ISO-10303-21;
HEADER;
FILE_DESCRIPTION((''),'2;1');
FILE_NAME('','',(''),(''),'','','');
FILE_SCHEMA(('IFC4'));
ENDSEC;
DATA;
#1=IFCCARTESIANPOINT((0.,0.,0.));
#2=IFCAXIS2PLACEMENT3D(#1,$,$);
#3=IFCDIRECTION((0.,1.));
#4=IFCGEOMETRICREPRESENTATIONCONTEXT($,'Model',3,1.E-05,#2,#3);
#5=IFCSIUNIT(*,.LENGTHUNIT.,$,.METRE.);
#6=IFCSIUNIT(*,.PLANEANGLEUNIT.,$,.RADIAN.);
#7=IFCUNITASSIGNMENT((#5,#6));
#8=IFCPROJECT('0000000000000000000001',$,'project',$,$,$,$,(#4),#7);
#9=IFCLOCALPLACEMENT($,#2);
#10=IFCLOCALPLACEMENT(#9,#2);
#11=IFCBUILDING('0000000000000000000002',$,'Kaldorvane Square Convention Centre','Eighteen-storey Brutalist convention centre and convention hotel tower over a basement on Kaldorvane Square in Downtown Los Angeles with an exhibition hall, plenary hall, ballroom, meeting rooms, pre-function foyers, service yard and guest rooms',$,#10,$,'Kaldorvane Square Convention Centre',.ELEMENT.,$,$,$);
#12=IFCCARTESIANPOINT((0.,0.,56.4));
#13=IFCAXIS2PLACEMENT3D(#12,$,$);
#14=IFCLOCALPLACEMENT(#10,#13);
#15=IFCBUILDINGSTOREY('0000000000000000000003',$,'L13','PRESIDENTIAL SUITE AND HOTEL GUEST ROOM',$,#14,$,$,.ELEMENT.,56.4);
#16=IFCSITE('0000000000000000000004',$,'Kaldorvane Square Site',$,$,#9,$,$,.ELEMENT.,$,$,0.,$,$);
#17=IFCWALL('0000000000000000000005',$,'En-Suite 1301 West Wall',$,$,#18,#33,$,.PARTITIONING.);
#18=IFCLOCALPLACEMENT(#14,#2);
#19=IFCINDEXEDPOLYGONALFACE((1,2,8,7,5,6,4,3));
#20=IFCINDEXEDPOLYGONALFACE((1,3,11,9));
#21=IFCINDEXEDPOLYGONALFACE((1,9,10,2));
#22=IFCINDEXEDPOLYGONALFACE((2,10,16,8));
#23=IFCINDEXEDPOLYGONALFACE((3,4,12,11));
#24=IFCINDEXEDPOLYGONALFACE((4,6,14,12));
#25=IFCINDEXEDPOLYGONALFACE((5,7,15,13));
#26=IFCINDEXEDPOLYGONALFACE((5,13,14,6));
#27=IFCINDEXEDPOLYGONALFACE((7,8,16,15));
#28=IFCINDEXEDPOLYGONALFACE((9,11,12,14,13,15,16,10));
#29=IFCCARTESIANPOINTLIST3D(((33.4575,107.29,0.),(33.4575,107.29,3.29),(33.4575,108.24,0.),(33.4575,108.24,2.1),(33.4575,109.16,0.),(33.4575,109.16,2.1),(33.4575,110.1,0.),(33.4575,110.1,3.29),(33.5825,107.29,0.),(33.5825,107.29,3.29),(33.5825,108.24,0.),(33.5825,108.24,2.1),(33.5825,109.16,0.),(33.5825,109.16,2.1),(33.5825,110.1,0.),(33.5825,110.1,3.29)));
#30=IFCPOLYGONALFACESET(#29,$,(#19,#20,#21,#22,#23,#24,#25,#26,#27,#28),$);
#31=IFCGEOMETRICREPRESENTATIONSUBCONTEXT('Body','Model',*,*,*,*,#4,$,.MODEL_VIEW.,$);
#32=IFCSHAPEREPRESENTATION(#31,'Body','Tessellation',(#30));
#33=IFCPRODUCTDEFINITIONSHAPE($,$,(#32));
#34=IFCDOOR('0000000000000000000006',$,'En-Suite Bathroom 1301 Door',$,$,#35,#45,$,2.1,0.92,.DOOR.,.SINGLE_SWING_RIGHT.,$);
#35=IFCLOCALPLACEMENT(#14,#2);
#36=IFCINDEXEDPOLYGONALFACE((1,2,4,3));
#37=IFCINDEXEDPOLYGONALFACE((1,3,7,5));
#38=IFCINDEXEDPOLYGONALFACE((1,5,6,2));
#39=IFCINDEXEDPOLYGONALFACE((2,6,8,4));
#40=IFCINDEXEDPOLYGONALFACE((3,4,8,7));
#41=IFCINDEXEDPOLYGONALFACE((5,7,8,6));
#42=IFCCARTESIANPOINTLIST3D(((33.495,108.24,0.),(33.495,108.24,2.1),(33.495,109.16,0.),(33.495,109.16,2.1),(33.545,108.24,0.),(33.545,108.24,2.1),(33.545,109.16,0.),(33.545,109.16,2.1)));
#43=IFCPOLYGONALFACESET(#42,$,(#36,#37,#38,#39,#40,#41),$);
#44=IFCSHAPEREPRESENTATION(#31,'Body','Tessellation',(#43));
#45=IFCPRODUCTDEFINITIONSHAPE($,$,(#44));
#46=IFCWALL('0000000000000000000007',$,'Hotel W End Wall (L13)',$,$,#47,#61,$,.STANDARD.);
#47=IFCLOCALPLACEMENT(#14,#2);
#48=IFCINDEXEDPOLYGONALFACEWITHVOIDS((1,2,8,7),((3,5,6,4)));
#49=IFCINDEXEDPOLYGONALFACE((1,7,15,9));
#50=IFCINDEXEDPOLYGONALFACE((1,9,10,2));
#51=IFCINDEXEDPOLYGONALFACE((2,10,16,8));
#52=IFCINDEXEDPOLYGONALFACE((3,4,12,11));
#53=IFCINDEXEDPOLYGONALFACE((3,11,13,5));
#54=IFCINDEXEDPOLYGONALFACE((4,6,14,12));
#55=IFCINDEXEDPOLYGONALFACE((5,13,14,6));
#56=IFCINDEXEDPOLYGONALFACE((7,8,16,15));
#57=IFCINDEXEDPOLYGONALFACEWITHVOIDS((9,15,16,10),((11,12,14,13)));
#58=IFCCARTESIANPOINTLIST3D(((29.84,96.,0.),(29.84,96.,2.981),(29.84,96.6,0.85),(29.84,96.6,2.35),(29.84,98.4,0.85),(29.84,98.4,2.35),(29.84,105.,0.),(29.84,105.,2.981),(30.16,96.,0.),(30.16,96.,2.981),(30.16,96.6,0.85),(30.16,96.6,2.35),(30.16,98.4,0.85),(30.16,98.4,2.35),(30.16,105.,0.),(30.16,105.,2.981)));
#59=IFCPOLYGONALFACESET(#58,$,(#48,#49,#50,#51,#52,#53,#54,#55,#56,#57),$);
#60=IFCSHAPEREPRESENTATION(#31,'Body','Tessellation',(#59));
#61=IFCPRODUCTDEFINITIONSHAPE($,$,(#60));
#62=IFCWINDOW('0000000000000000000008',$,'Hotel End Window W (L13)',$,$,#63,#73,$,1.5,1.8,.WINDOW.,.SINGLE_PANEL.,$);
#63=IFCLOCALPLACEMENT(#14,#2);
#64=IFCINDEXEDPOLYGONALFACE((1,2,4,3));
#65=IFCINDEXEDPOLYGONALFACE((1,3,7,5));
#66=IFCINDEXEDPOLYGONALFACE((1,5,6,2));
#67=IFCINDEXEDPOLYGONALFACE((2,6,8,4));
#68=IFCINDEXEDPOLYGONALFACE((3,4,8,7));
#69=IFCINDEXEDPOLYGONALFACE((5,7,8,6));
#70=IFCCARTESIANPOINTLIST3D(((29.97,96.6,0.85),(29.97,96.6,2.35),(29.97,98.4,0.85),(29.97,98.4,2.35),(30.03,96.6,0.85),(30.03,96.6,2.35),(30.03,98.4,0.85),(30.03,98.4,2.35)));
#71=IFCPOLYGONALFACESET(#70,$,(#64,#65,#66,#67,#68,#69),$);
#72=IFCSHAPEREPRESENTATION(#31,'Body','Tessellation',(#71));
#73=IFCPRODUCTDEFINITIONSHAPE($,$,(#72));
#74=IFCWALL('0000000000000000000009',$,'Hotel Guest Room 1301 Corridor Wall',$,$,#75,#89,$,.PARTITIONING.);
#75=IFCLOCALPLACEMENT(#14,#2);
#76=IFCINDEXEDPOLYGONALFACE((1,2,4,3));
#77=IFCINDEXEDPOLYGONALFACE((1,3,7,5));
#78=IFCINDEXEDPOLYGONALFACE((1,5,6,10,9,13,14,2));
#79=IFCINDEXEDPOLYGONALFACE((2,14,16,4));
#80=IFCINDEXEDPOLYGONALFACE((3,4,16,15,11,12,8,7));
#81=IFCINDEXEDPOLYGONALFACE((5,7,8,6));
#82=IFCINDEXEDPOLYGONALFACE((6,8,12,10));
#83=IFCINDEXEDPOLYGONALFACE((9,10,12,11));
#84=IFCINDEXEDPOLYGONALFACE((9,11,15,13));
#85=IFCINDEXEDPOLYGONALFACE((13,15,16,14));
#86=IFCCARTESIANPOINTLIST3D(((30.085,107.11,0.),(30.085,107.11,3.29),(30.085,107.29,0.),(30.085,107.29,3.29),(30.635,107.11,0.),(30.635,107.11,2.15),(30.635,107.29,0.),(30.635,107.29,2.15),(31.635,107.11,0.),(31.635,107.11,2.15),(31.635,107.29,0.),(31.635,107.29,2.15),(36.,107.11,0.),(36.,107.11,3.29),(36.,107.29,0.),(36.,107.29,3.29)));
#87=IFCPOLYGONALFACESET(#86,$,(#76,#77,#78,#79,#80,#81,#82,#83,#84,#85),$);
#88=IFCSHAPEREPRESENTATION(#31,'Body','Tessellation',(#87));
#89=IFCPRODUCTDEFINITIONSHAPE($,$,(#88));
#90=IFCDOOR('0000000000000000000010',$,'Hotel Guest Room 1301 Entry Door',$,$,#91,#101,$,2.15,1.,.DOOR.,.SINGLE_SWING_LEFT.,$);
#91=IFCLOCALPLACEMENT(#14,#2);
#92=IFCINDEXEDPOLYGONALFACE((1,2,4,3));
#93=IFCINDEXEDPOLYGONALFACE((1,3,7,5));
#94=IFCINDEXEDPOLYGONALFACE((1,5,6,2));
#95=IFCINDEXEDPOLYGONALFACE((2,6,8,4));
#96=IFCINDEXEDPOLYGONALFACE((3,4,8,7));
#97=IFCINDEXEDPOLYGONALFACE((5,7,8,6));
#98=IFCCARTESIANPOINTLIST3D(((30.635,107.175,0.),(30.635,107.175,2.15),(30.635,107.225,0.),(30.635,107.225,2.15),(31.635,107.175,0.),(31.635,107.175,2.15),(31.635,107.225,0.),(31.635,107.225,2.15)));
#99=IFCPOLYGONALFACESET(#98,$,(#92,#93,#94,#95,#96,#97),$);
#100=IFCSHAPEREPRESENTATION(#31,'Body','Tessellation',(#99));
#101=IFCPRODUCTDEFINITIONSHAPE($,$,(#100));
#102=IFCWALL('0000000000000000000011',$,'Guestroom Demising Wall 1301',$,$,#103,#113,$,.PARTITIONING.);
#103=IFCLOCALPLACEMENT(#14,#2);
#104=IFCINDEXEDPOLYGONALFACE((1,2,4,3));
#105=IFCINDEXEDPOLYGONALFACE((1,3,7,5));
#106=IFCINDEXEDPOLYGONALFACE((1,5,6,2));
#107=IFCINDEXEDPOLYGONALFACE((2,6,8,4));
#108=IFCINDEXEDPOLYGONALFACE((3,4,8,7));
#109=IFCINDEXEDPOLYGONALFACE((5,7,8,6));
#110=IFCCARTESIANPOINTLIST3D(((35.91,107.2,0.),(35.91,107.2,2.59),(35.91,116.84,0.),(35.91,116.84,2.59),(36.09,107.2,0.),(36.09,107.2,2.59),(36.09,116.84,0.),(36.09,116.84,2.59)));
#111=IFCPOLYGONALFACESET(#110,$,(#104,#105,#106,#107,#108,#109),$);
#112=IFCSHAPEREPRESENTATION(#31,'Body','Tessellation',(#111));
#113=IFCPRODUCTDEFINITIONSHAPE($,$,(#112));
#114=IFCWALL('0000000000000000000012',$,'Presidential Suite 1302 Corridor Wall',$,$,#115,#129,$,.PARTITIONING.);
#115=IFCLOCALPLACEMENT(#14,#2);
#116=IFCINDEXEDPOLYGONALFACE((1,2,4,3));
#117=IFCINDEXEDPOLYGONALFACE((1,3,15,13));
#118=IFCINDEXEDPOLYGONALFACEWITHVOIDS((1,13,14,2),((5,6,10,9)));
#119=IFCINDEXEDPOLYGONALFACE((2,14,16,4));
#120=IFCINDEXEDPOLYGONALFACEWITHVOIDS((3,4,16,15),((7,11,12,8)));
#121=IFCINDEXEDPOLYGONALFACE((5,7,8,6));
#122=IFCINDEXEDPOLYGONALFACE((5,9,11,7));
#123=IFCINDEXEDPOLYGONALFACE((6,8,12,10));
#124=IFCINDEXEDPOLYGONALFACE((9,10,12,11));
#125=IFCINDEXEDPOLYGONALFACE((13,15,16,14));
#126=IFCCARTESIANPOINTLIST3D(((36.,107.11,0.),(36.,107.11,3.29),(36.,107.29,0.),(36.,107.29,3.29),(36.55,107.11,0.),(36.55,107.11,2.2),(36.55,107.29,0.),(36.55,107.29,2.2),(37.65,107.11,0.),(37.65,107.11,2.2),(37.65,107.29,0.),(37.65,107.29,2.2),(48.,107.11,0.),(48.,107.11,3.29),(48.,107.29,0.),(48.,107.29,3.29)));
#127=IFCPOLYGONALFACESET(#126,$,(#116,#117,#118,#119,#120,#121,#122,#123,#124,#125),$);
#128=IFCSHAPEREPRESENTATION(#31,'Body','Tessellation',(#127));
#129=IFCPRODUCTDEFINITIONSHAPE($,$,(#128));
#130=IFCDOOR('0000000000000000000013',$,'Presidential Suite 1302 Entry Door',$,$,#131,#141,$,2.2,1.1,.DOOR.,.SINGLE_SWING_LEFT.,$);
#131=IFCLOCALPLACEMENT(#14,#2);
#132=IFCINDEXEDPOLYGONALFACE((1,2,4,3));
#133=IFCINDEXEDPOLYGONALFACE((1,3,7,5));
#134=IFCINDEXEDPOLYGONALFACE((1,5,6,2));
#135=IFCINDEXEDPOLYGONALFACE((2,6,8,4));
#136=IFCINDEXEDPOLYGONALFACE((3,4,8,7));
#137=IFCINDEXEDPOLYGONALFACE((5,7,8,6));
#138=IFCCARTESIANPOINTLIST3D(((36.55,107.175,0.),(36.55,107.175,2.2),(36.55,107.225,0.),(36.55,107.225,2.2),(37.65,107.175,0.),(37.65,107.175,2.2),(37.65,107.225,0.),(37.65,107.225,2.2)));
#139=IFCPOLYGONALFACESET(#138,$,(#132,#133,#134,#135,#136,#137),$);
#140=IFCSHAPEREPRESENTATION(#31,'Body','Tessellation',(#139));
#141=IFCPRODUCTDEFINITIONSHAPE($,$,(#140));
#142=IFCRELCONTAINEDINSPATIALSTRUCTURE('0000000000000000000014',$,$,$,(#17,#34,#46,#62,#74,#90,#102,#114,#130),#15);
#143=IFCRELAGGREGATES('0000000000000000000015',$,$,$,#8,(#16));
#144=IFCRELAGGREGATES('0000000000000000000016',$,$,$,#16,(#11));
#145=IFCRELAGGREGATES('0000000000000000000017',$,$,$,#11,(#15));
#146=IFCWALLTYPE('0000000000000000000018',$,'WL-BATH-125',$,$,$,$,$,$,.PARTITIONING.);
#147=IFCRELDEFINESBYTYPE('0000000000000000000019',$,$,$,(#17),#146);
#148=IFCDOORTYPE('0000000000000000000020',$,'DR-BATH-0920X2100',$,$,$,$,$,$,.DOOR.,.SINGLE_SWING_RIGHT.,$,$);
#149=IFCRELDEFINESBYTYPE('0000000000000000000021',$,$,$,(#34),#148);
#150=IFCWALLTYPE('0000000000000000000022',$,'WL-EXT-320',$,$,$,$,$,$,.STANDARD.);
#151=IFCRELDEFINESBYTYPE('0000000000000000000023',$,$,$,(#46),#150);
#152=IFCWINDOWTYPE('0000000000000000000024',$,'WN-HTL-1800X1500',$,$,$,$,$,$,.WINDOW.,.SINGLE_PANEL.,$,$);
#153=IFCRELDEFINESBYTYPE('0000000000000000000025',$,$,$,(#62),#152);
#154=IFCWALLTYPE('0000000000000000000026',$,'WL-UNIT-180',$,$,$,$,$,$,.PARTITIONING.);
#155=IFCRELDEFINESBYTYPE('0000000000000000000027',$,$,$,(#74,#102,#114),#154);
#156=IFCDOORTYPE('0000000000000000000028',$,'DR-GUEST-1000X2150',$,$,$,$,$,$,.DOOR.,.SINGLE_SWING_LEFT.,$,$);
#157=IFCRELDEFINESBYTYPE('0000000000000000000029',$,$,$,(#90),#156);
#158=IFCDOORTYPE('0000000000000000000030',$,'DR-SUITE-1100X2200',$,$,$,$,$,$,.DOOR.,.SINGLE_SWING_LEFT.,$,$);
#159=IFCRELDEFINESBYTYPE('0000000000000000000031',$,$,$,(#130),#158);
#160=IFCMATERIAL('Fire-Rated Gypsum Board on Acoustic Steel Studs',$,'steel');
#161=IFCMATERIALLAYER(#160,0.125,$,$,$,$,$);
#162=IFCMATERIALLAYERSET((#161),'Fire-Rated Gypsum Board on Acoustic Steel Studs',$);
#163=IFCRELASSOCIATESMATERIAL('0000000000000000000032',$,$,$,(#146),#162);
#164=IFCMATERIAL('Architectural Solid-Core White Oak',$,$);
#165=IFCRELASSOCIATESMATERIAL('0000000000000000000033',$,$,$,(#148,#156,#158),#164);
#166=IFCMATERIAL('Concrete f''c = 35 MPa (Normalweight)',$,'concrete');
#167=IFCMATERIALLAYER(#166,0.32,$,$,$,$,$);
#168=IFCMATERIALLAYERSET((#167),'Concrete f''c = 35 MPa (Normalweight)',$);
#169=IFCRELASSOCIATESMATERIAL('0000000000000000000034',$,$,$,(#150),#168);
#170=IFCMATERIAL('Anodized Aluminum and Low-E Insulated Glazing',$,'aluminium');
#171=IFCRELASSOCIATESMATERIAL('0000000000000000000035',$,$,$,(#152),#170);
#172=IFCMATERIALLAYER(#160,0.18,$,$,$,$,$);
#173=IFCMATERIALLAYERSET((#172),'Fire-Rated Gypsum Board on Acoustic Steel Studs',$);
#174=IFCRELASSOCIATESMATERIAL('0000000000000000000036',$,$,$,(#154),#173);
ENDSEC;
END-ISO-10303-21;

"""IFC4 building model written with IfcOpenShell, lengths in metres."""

from ifc_helpers import new_model, si_unit, direction, frame, frame_2d, origin, place, context, subcontext, project, spatial, rectangle, extrude, material, layer, layer_set, type_object, element, fill, save


model = new_model("IFC4")

# Units and contexts
model_context = context("Model", 3, precision=1e-05, world=origin(), true_north=direction((0.0, 1.0)))
body_context = subcontext(model_context, "Body", "Model", "MODEL_VIEW")
ifc_project = project(units=[si_unit("LENGTHUNIT", "METRE"), si_unit("PLANEANGLEUNIT", "RADIAN")], contexts=[model_context])

# Site, building, storey
site_placement = place(None, origin())
site = spatial("IfcSite", under=ifc_project, at=site_placement, Name="Kaldorvane Square Site", CompositionType="ELEMENT", RefElevation=0.0)
building_placement = place(site_placement, origin())
building = spatial("IfcBuilding", under=site, at=building_placement, Name="Kaldorvane Square Convention Centre", Description="Eighteen-storey Brutalist convention centre and convention hotel tower over a basement on Kaldorvane Square in Downtown Los Angeles with an exhibition hall, plenary hall, ballroom, meeting rooms, pre-function foyers, service yard and guest rooms", LongName="Kaldorvane Square Convention Centre", CompositionType="ELEMENT")
storey_placement = place(building_placement, frame((0.0, 0.0, 56.4)))
storey = spatial("IfcBuildingStorey", under=building, at=storey_placement, Name="L13", Description="PRESIDENTIAL SUITE AND HOTEL GUEST ROOM", CompositionType="ELEMENT", Elevation=56.4)

# Shared definitions
ifc_material_1 = material(Name="Anodized Aluminum and Low-E Insulated Glazing", Category="aluminium")

# Wall, opening, door
ifc_material_2 = material(Name="Fire-Rated Gypsum Board on Acoustic Steel Studs", Category="steel")
ifc_layer_1 = layer(ifc_material_2, 0.125)
ifc_layer_set_1 = layer_set([ifc_layer_1], Name="Fire-Rated Gypsum Board on Acoustic Steel Studs")
wall_type_1 = type_object("IfcWallType", Name="WL-BATH-125", PredefinedType="PARTITIONING", material=ifc_layer_set_1)
wall_1_placement = place(storey_placement, frame((33.52, 107.29, 0.0), z_axis=(0.0, 0.0, 1.0), x_axis=(0.0, 1.0, 0.0)))
wall_1 = element("IfcWall", 1, at=wall_1_placement, inside=storey, type_object=wall_type_1, Name="En-Suite 1301 West Wall", PredefinedType="PARTITIONING", context=body_context, shape_type="SweptSolid", body=[
    extrude(rectangle(XDim=2.81, YDim=0.125, at=frame_2d((1.405, 0.0))), origin(), (0.0, 0.0, 1.0), 3.29),
])
opening_1_placement = place(wall_1_placement, frame((0.95, 0.0, 0.0)))
opening_1 = element("IfcOpeningElement", 2, at=opening_1_placement, cuts=wall_1, PredefinedType="OPENING", context=body_context, shape_type="SweptSolid", body=[
    extrude(rectangle(XDim=0.92, YDim=2.1, at=frame_2d((0.46, 1.05))), frame((0.0, 0.0775, 0.0), z_axis=(0.0, -1.0, 0.0), x_axis=(1.0, 0.0, 0.0)), (0.0, 0.0, 1.0), 0.155),
])
ifc_material_3 = material(Name="Architectural Solid-Core White Oak")
door_type_1 = type_object("IfcDoorType", Name="DR-BATH-0920X2100", OperationType="SINGLE_SWING_RIGHT", PredefinedType="DOOR", material=ifc_material_3)
door_1_placement = place(opening_1_placement, origin())
door_1 = element("IfcDoor", 3, at=door_1_placement, inside=storey, type_object=door_type_1, Name="En-Suite Bathroom 1301 Door", OperationType="SINGLE_SWING_RIGHT", OverallHeight=2.1, OverallWidth=0.92, PredefinedType="DOOR", context=body_context, shape_type="SweptSolid", body=[
    extrude(rectangle(XDim=0.92, YDim=2.1, at=frame_2d((0.46, 1.05))), frame((0.0, 0.025, 0.0), z_axis=(0.0, -1.0, 0.0), x_axis=(1.0, 0.0, 0.0)), (0.0, 0.0, 1.0), 0.05),
])
fill(opening_1, door_1)

# Wall, opening, window
ifc_material_4 = material(Name="Concrete f'c = 35 MPa (Normalweight)", Category="concrete")
ifc_layer_2 = layer(ifc_material_4, 0.32)
ifc_layer_set_2 = layer_set([ifc_layer_2], Name="Concrete f'c = 35 MPa (Normalweight)")
wall_type_2 = type_object("IfcWallType", Name="WL-EXT-320", PredefinedType="STANDARD", material=ifc_layer_set_2)
wall_2_placement = place(storey_placement, frame((30.0, 105.0, 0.0), z_axis=(0.0, 0.0, 1.0), x_axis=(0.0, -1.0, 0.0)))
wall_2 = element("IfcWall", 4, at=wall_2_placement, inside=storey, type_object=wall_type_2, Name="Hotel W End Wall (L13)", PredefinedType="STANDARD", context=body_context, shape_type="SweptSolid", body=[
    extrude(rectangle(XDim=9.0, YDim=0.32, at=frame_2d((4.5, 0.0))), origin(), (0.0, 0.0, 1.0), 2.981),
])
opening_2_placement = place(wall_2_placement, frame((6.6, 0.0, 0.85)))
opening_2 = element("IfcOpeningElement", 5, at=opening_2_placement, cuts=wall_2, PredefinedType="OPENING", context=body_context, shape_type="SweptSolid", body=[
    extrude(rectangle(XDim=1.8, YDim=1.5, at=frame_2d((0.9, 0.75))), frame((0.0, 0.175, 0.0), z_axis=(0.0, -1.0, 0.0), x_axis=(1.0, 0.0, 0.0)), (0.0, 0.0, 1.0), 0.35),
])
window_type = type_object("IfcWindowType", Name="WN-HTL-1800X1500", PartitioningType="SINGLE_PANEL", PredefinedType="WINDOW", material=ifc_material_1)
window_placement = place(opening_2_placement, origin())
window = element("IfcWindow", 6, at=window_placement, inside=storey, type_object=window_type, Name="Hotel End Window W (L13)", OverallHeight=1.5, OverallWidth=1.8, PartitioningType="SINGLE_PANEL", PredefinedType="WINDOW", context=body_context, shape_type="SweptSolid", body=[
    extrude(rectangle(XDim=1.8, YDim=1.5, at=frame_2d((0.9, 0.75))), frame((0.0, 0.03, 0.0), z_axis=(0.0, -1.0, 0.0), x_axis=(1.0, 0.0, 0.0)), (0.0, 0.0, 1.0), 0.06),
])
fill(opening_2, window)

# Wall, opening, door
ifc_layer_3 = layer(ifc_material_2, 0.18)
ifc_layer_set_3 = layer_set([ifc_layer_3], Name="Fire-Rated Gypsum Board on Acoustic Steel Studs")
wall_type_3 = type_object("IfcWallType", Name="WL-UNIT-180", PredefinedType="PARTITIONING", material=ifc_layer_set_3)
wall_3_placement = place(storey_placement, frame((30.085, 107.2, 0.0), z_axis=(0.0, 0.0, 1.0), x_axis=(1.0, 0.0, 0.0)))
wall_3 = element("IfcWall", 7, at=wall_3_placement, inside=storey, type_object=wall_type_3, Name="Hotel Guest Room 1301 Corridor Wall", PredefinedType="PARTITIONING", context=body_context, shape_type="SweptSolid", body=[
    extrude(rectangle(XDim=5.915, YDim=0.18, at=frame_2d((2.9575, 0.0))), origin(), (0.0, 0.0, 1.0), 3.29),
])
opening_3_placement = place(wall_3_placement, frame((0.55, 0.0, 0.0)))
opening_3 = element("IfcOpeningElement", 8, at=opening_3_placement, cuts=wall_3, PredefinedType="OPENING", context=body_context, shape_type="SweptSolid", body=[
    extrude(rectangle(XDim=1.0, YDim=2.15, at=frame_2d((0.5, 1.075))), frame((0.0, 0.105, 0.0), z_axis=(0.0, -1.0, 0.0), x_axis=(1.0, 0.0, 0.0)), (0.0, 0.0, 1.0), 0.21),
])
door_type_2 = type_object("IfcDoorType", Name="DR-GUEST-1000X2150", OperationType="SINGLE_SWING_LEFT", PredefinedType="DOOR", material=ifc_material_3)
door_2_placement = place(opening_3_placement, origin())
door_2 = element("IfcDoor", 9, at=door_2_placement, inside=storey, type_object=door_type_2, Name="Hotel Guest Room 1301 Entry Door", OperationType="SINGLE_SWING_LEFT", OverallHeight=2.15, OverallWidth=1.0, PredefinedType="DOOR", context=body_context, shape_type="SweptSolid", body=[
    extrude(rectangle(XDim=1.0, YDim=2.15, at=frame_2d((0.5, 1.075))), frame((0.0, 0.025, 0.0), z_axis=(0.0, -1.0, 0.0), x_axis=(1.0, 0.0, 0.0)), (0.0, 0.0, 1.0), 0.05),
])
fill(opening_3, door_2)

# Wall
wall_4_placement = place(storey_placement, frame((36.0, 107.2, 0.0), z_axis=(0.0, 0.0, 1.0), x_axis=(0.0, 1.0, 0.0)))
element("IfcWall", 10, at=wall_4_placement, inside=storey, type_object=wall_type_3, Name="Guestroom Demising Wall 1301", PredefinedType="PARTITIONING", context=body_context, shape_type="SweptSolid", body=[
    extrude(rectangle(XDim=9.64, YDim=0.18, at=frame_2d((4.82, 0.0))), origin(), (0.0, 0.0, 1.0), 2.59),
])

# Wall, opening, door
wall_5_placement = place(storey_placement, frame((36.0, 107.2, 0.0), z_axis=(0.0, 0.0, 1.0), x_axis=(1.0, 0.0, 0.0)))
wall_5 = element("IfcWall", 11, at=wall_5_placement, inside=storey, type_object=wall_type_3, Name="Presidential Suite 1302 Corridor Wall", PredefinedType="PARTITIONING", context=body_context, shape_type="SweptSolid", body=[
    extrude(rectangle(XDim=12.0, YDim=0.18, at=frame_2d((6.0, 0.0))), origin(), (0.0, 0.0, 1.0), 3.29),
])
opening_4_placement = place(wall_5_placement, frame((0.55, 0.0, 0.0)))
opening_4 = element("IfcOpeningElement", 12, at=opening_4_placement, cuts=wall_5, PredefinedType="OPENING", context=body_context, shape_type="SweptSolid", body=[
    extrude(rectangle(XDim=1.1, YDim=2.2, at=frame_2d((0.55, 1.1))), frame((0.0, 0.105, 0.0), z_axis=(0.0, -1.0, 0.0), x_axis=(1.0, 0.0, 0.0)), (0.0, 0.0, 1.0), 0.21),
])
door_type_3 = type_object("IfcDoorType", Name="DR-SUITE-1100X2200", OperationType="SINGLE_SWING_LEFT", PredefinedType="DOOR", material=ifc_material_3)
door_3_placement = place(opening_4_placement, origin())
door_3 = element("IfcDoor", 13, at=door_3_placement, inside=storey, type_object=door_type_3, Name="Presidential Suite 1302 Entry Door", OperationType="SINGLE_SWING_LEFT", OverallHeight=2.2, OverallWidth=1.1, PredefinedType="DOOR", context=body_context, shape_type="SweptSolid", body=[
    extrude(rectangle(XDim=1.1, YDim=2.2, at=frame_2d((0.55, 1.1))), frame((0.0, 0.025, 0.0), z_axis=(0.0, -1.0, 0.0), x_axis=(1.0, 0.0, 0.0)), (0.0, 0.0, 1.0), 0.05),
])
fill(opening_4, door_3)

save(model, "model.ifc")
